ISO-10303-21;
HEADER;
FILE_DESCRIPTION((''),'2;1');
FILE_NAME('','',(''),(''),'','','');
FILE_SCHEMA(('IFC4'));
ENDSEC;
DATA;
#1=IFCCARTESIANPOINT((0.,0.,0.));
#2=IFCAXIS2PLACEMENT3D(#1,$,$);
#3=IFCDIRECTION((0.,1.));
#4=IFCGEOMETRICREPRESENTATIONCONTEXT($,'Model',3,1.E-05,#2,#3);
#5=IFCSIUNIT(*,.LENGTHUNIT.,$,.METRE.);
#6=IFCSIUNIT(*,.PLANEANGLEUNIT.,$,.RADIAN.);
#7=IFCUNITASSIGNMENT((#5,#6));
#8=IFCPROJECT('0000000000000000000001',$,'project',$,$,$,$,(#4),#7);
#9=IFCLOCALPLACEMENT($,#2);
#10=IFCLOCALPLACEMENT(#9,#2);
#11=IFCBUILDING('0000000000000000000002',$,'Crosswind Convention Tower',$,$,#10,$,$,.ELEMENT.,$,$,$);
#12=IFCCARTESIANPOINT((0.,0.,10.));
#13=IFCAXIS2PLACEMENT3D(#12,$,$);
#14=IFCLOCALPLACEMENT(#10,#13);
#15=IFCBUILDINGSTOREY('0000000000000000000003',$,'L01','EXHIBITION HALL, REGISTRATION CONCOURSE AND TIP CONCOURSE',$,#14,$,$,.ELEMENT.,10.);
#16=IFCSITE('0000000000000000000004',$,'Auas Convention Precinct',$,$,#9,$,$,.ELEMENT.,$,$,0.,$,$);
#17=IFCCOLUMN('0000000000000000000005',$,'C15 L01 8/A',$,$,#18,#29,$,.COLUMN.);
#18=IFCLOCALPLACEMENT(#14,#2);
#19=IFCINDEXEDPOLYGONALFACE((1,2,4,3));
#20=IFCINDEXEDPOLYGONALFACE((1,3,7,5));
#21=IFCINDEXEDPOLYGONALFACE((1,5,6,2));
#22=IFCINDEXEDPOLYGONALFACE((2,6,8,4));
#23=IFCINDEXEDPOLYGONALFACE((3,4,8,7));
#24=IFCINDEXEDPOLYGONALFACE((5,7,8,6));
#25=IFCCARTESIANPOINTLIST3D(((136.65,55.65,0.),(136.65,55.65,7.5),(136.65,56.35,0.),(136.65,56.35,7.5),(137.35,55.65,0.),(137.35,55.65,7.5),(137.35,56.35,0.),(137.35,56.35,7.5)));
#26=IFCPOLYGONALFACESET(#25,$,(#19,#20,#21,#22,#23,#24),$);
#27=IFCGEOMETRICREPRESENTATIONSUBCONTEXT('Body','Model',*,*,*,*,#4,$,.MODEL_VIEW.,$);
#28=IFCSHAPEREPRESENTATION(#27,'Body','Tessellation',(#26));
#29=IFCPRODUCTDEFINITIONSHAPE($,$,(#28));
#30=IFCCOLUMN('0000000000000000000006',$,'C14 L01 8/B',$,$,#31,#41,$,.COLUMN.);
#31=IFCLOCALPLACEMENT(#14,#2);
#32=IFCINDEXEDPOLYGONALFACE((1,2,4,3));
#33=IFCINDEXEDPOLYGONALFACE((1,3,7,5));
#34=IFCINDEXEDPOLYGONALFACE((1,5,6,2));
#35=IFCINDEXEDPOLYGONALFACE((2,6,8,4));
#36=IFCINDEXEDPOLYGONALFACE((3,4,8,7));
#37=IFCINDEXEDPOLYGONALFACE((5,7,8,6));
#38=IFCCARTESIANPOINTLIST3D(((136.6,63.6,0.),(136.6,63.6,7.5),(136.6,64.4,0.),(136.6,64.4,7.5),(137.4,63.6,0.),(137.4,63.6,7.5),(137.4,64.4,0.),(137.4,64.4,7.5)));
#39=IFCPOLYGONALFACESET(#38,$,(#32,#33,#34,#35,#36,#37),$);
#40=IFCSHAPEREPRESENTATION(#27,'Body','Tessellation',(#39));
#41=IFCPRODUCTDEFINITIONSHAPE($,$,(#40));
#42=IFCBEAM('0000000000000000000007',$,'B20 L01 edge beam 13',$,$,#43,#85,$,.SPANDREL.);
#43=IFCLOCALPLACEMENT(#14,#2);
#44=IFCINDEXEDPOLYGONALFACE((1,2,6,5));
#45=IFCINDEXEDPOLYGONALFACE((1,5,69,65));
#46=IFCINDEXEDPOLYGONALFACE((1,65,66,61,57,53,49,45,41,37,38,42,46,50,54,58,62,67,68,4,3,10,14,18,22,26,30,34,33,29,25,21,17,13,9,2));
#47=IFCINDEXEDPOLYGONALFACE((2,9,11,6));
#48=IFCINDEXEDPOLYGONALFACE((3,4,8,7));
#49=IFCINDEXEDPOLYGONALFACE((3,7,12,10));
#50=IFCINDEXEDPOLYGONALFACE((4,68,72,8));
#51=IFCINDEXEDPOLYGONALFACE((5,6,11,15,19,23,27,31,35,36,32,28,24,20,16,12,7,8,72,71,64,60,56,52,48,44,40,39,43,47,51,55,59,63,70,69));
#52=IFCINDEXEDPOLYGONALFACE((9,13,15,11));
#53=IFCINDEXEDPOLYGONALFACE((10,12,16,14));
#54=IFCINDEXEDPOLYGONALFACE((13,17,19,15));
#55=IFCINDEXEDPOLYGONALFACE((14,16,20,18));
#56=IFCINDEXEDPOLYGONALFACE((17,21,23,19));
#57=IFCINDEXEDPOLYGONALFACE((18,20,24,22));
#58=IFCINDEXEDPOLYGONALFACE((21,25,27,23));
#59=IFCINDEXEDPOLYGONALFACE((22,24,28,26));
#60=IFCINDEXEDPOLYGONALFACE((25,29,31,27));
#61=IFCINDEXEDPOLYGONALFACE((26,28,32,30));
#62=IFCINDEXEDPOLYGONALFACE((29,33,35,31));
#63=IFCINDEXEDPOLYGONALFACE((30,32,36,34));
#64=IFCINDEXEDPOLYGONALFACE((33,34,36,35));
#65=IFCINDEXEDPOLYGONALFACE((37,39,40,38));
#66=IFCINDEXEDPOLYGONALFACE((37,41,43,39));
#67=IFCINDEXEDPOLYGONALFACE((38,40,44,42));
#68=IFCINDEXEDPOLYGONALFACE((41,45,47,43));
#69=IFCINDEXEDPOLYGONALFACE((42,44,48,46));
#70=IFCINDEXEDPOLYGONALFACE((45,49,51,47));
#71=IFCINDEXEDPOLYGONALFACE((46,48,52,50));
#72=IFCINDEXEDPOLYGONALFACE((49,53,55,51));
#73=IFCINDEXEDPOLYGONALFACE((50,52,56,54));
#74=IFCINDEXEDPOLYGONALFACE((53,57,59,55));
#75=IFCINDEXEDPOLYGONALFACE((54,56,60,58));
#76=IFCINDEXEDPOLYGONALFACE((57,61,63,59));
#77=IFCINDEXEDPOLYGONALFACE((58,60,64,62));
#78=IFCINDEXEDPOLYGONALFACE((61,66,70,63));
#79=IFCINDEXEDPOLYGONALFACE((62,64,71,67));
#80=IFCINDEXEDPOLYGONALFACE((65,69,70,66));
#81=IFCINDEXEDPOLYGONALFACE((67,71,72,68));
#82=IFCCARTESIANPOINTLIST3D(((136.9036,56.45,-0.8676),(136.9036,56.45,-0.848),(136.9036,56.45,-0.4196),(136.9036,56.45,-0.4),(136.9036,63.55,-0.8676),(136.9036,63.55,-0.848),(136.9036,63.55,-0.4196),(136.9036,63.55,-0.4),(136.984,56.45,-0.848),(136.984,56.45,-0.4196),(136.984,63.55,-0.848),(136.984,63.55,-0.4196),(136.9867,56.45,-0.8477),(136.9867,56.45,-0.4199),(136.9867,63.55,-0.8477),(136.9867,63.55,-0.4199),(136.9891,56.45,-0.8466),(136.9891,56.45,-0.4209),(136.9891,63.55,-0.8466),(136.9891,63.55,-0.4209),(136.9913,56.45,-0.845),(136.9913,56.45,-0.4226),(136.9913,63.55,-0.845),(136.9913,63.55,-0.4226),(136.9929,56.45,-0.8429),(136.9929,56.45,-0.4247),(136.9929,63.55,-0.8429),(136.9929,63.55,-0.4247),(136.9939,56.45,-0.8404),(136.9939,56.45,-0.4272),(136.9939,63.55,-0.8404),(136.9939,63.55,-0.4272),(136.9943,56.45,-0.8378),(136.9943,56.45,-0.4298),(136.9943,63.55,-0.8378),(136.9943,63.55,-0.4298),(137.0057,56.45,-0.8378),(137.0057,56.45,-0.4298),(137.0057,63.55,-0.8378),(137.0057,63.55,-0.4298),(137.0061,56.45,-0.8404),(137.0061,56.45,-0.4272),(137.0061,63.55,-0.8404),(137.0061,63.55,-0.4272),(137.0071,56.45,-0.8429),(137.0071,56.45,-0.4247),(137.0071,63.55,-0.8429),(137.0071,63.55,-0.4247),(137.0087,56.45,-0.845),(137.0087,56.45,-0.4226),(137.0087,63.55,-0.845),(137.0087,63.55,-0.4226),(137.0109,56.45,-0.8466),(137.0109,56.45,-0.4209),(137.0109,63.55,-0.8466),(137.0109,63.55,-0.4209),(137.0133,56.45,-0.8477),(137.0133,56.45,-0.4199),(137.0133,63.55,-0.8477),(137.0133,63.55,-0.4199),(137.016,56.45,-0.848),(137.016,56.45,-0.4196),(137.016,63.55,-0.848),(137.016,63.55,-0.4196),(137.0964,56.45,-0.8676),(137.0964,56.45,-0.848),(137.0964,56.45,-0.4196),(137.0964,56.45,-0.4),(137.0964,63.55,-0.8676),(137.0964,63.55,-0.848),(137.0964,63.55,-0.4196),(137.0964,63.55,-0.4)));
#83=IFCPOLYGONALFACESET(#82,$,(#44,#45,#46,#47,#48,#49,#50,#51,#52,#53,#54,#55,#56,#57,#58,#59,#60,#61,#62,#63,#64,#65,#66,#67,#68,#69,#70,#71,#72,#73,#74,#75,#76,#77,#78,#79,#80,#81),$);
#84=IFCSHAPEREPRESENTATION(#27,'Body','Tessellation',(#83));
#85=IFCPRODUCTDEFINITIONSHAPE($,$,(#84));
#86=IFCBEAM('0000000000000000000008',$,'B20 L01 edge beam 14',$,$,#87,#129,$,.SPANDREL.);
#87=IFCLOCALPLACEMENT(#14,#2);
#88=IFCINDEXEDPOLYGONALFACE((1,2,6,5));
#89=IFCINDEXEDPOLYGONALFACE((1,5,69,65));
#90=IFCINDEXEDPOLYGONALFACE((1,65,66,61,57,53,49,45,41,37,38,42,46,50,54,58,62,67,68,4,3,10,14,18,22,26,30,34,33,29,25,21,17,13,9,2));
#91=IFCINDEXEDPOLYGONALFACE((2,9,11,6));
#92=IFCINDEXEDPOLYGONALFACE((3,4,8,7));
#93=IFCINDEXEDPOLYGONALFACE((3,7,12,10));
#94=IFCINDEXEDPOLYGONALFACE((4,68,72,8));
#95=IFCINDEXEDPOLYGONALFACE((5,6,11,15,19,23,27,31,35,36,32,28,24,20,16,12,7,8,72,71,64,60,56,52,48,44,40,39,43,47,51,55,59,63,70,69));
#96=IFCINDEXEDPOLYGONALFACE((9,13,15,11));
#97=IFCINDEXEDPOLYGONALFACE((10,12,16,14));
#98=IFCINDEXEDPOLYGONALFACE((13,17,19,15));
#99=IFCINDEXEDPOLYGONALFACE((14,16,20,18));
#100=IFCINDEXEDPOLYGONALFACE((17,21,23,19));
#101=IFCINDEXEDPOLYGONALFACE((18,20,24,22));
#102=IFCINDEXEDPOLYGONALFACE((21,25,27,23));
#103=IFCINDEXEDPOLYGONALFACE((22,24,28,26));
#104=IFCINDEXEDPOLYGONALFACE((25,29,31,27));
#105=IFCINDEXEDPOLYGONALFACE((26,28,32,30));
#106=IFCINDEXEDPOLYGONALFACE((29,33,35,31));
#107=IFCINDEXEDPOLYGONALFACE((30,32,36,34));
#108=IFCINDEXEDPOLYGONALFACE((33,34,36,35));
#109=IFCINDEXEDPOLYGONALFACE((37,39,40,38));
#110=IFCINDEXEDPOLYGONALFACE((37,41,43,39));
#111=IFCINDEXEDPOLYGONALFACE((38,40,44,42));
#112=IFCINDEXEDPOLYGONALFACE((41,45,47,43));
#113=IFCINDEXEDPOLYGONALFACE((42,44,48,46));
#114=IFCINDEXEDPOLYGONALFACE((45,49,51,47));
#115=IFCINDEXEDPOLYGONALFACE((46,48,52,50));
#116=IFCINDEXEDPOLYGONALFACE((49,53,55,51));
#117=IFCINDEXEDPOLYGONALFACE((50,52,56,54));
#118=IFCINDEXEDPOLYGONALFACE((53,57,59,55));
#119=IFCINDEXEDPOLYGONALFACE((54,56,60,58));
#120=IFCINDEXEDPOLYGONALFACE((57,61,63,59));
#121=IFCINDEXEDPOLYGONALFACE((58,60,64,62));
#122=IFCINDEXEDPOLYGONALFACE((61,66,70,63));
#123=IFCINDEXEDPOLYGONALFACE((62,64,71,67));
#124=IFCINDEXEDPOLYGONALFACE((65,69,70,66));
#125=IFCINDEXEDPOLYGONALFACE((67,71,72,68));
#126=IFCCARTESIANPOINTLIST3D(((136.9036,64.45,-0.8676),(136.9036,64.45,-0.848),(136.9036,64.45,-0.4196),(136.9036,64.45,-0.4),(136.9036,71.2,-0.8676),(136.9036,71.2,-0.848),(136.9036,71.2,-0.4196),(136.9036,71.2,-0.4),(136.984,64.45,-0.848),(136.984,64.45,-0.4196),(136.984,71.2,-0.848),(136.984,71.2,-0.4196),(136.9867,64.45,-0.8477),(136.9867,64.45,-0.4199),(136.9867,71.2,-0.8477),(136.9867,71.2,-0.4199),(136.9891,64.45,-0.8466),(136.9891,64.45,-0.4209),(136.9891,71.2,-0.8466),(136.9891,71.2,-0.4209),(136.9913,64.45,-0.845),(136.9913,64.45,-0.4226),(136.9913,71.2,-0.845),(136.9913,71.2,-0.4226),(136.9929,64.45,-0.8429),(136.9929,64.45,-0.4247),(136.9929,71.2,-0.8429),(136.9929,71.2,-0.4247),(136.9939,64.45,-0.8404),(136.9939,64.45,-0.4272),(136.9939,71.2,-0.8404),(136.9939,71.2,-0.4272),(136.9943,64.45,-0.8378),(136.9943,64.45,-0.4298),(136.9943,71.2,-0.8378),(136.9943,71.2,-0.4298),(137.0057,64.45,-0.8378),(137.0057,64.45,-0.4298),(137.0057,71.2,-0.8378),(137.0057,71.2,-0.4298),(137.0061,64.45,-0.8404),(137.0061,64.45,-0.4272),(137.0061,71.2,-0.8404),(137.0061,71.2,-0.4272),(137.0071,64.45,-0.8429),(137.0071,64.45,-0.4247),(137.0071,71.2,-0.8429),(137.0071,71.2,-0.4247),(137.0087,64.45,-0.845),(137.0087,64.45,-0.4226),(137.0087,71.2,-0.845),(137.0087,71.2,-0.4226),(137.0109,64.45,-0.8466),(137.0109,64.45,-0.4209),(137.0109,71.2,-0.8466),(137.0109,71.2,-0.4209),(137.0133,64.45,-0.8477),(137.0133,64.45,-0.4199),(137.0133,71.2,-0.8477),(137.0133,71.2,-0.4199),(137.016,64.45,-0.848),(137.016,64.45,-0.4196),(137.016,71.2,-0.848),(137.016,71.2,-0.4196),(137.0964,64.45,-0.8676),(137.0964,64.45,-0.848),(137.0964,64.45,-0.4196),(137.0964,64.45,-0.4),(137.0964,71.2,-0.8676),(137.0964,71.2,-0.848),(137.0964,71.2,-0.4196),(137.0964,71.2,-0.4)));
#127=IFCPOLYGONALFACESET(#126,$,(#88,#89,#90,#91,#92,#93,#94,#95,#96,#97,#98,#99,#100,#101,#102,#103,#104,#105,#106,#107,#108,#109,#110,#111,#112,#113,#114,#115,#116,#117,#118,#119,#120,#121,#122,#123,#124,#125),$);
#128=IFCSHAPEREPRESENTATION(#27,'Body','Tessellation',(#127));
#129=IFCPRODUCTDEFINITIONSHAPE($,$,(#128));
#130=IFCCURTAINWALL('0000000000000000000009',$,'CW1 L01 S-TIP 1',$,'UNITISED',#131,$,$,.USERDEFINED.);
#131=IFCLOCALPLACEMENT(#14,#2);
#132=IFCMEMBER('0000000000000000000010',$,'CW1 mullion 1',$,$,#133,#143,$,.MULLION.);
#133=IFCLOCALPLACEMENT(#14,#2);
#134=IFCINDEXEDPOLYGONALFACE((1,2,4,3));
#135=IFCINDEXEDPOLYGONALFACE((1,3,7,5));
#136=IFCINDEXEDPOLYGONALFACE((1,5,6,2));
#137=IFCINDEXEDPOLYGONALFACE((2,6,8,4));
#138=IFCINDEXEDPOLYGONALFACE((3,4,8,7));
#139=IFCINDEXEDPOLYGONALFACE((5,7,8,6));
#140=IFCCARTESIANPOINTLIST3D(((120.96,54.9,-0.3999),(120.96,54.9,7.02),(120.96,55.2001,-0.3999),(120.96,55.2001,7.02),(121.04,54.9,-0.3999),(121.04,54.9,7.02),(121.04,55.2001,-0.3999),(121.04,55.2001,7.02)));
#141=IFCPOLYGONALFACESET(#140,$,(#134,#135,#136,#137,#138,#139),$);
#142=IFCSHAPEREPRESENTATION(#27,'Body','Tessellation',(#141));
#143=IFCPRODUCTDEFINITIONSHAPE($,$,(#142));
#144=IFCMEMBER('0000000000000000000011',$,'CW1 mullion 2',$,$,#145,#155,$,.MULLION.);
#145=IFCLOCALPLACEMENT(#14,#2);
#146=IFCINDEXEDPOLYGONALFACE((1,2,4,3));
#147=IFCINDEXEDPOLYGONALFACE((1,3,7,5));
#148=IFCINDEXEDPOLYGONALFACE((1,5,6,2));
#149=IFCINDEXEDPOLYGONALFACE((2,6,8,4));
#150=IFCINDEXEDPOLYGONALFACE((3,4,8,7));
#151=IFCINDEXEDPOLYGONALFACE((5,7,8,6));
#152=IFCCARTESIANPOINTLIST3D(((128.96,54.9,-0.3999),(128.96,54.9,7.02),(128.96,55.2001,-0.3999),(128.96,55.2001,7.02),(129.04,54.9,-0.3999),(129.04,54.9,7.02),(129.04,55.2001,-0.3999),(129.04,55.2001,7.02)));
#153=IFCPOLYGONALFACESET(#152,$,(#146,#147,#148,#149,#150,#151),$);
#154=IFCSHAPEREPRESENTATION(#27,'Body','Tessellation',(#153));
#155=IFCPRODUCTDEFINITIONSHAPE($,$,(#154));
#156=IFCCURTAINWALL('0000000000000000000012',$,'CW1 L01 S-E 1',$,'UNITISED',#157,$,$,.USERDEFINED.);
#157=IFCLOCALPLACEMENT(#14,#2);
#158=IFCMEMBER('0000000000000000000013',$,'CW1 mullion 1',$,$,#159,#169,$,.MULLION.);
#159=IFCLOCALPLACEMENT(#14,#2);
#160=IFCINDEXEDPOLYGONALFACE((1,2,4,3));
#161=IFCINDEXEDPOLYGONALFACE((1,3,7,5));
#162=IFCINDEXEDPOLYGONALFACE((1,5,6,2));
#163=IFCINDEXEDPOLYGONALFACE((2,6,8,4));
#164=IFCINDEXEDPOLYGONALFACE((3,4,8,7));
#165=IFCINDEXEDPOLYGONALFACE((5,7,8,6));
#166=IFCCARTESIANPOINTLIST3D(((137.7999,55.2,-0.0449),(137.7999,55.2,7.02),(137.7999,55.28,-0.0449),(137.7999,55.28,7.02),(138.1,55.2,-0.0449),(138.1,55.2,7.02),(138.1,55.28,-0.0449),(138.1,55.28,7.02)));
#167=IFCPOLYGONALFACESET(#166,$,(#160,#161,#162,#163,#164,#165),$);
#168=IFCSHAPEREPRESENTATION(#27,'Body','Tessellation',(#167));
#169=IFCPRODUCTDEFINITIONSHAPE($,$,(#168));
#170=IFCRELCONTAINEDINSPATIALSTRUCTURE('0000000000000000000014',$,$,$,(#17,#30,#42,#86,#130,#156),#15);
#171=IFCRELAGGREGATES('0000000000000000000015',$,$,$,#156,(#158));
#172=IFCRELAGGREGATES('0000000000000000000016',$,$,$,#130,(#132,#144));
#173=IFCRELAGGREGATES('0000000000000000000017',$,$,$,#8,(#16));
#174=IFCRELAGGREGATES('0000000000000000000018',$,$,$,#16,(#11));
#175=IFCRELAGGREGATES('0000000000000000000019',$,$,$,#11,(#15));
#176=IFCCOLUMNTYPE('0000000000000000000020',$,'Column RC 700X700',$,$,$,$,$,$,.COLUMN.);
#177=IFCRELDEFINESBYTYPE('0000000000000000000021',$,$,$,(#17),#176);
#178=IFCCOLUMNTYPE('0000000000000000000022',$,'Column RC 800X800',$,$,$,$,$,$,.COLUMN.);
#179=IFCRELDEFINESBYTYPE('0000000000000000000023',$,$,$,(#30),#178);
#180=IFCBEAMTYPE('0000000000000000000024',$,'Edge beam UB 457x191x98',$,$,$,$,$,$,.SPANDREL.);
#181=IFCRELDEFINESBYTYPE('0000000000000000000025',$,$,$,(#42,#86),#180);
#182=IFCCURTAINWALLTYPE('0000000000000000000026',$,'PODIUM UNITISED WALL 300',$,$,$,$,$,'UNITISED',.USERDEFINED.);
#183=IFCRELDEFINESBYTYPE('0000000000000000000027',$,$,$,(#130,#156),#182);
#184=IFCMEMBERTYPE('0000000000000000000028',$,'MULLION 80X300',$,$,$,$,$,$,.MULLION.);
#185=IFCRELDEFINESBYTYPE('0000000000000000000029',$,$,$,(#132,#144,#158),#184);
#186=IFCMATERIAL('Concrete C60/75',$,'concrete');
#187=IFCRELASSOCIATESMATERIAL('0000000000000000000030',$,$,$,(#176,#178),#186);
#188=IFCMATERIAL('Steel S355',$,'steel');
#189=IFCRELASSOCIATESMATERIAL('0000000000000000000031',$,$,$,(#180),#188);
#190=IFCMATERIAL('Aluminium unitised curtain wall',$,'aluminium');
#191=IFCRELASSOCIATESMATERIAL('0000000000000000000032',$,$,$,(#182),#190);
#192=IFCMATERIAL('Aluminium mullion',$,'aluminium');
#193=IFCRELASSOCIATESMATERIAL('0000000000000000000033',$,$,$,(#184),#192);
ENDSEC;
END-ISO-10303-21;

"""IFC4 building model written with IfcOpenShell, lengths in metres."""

from ifc_helpers import new_model, si_unit, direction, frame, origin, origin_2d, place, context, subcontext, project, spatial, rectangle, i_section, extrude, material, material_profile, profile_set, type_object, element, aggregate, save


model = new_model("IFC4")

# Units and contexts
model_context = context("Model", 3, precision=1e-05, world=origin(), true_north=direction((0.0, 1.0)))
body_context = subcontext(model_context, "Body", "Model", "MODEL_VIEW")
ifc_project = project(units=[si_unit("LENGTHUNIT", "METRE"), si_unit("PLANEANGLEUNIT", "RADIAN")], contexts=[model_context])

# Site, building, storey
site_placement = place(None, origin())
site = spatial("IfcSite", under=ifc_project, at=site_placement, Name="Auas Convention Precinct", CompositionType="ELEMENT", RefElevation=0.0)
building_placement = place(site_placement, origin())
building = spatial("IfcBuilding", under=site, at=building_placement, Name="Crosswind Convention Tower", CompositionType="ELEMENT")
storey_placement = place(building_placement, frame((0.0, 0.0, 10.0)))
storey = spatial("IfcBuildingStorey", under=building, at=storey_placement, Name="L01", Description="EXHIBITION HALL, REGISTRATION CONCOURSE AND TIP CONCOURSE", CompositionType="ELEMENT", Elevation=10.0)

# Columns
ifc_material_1 = material(Name="Concrete C60/75", Category="concrete")
ifc_material_profile_1 = material_profile(ifc_material_1, rectangle(XDim=0.7, YDim=0.7, at=origin_2d()), Name="RC 700X700")
ifc_profile_set_1 = profile_set([ifc_material_profile_1], Name="Concrete C60/75")
column_type_1 = type_object("IfcColumnType", Name="Column RC 700X700", PredefinedType="COLUMN", material=ifc_profile_set_1)
column_1_placement = place(storey_placement, frame((137.0, 56.0, 0.0), z_axis=(0.0, 0.0, 1.0), x_axis=(1.0, 0.0, 0.0)))
element("IfcColumn", 1, at=column_1_placement, inside=storey, type_object=column_type_1, Name="C15 L01 8/A", PredefinedType="COLUMN", context=body_context, shape_type="SweptSolid", body=[
    extrude(rectangle(XDim=0.7, YDim=0.7, at=origin_2d()), origin(), (0.0, 0.0, 1.0), 7.5),
])
ifc_material_profile_2 = material_profile(ifc_material_1, rectangle(XDim=0.8, YDim=0.8, at=origin_2d()), Name="RC 800X800")
ifc_profile_set_2 = profile_set([ifc_material_profile_2], Name="Concrete C60/75")
column_type_2 = type_object("IfcColumnType", Name="Column RC 800X800", PredefinedType="COLUMN", material=ifc_profile_set_2)
column_2_placement = place(storey_placement, frame((137.0, 64.0, 0.0), z_axis=(0.0, 0.0, 1.0), x_axis=(1.0, 0.0, 0.0)))
element("IfcColumn", 2, at=column_2_placement, inside=storey, type_object=column_type_2, Name="C14 L01 8/B", PredefinedType="COLUMN", context=body_context, shape_type="SweptSolid", body=[
    extrude(rectangle(XDim=0.8, YDim=0.8, at=origin_2d()), origin(), (0.0, 0.0, 1.0), 7.5),
])

# Beams
ifc_material_2 = material(Name="Steel S355", Category="steel")
ifc_material_profile_3 = material_profile(ifc_material_2, i_section(OverallWidth=0.1929, OverallDepth=0.4675, WebThickness=0.0115, FlangeThickness=0.0195, FilletRadius=0.0103, at=origin_2d()), Name="UB 457x191x98")
ifc_profile_set_3 = profile_set([ifc_material_profile_3], Name="Steel S355")
beam_type_1 = type_object("IfcBeamType", Name="Edge beam UB 457x191x98", PredefinedType="SPANDREL", material=ifc_profile_set_3)
beam_1_placement = place(storey_placement, frame((137.0, 56.45, -0.6338), z_axis=(0.0, 1.0, 0.0), x_axis=(-1.0, 0.0, 0.0)))
element("IfcBeam", 3, at=beam_1_placement, inside=storey, type_object=beam_type_1, Name="B20 L01 edge beam 13", PredefinedType="SPANDREL", context=body_context, shape_type="SweptSolid", body=[
    extrude(i_section(OverallWidth=0.1929, OverallDepth=0.4675, WebThickness=0.0115, FlangeThickness=0.0195, FilletRadius=0.0103, at=origin_2d()), origin(), (0.0, 0.0, 1.0), 7.1001),
])
beam_2_placement = place(storey_placement, frame((137.0, 64.45, -0.6338), z_axis=(0.0, 1.0, 0.0), x_axis=(-1.0, 0.0, 0.0)))
element("IfcBeam", 4, at=beam_2_placement, inside=storey, type_object=beam_type_1, Name="B20 L01 edge beam 14", PredefinedType="SPANDREL", context=body_context, shape_type="SweptSolid", body=[
    extrude(i_section(OverallWidth=0.1929, OverallDepth=0.4675, WebThickness=0.0115, FlangeThickness=0.0195, FilletRadius=0.0103, at=origin_2d()), origin(), (0.0, 0.0, 1.0), 6.75),
])

# Curtain wall, members
ifc_material_3 = material(Name="Aluminium unitised curtain wall", Category="aluminium")
curtain_wall_type = type_object("IfcCurtainWallType", Name="PODIUM UNITISED WALL 300", ElementType="UNITISED", PredefinedType="USERDEFINED", material=ifc_material_3)
curtain_wall_1_placement = place(storey_placement, origin())
curtain_wall_1 = element("IfcCurtainWall", 5, at=curtain_wall_1_placement, inside=storey, type_object=curtain_wall_type, Name="CW1 L01 S-TIP 1", ObjectType="UNITISED", PredefinedType="USERDEFINED")
ifc_material_4 = material(Name="Aluminium mullion", Category="aluminium")
ifc_material_profile_4 = material_profile(ifc_material_4, rectangle(XDim=0.3, YDim=0.0801, at=origin_2d()), Name="AL 300X80")
ifc_profile_set_4 = profile_set([ifc_material_profile_4], Name="Aluminium mullion")
member_type_1 = type_object("IfcMemberType", Name="MULLION 80X300", PredefinedType="MULLION", material=ifc_profile_set_4)
member_1_placement = place(storey_placement, frame((121.0, 55.05, -0.3999), z_axis=(0.0, 0.0, 1.0), x_axis=(0.0, -1.0, 0.0)))
member_1 = element("IfcMember", 6, at=member_1_placement, type_object=member_type_1, Name="CW1 mullion 1", PredefinedType="MULLION", context=body_context, shape_type="SweptSolid", body=[
    extrude(rectangle(XDim=0.3, YDim=0.0801, at=origin_2d()), origin(), (0.0, 0.0, 1.0), 7.4199),
])
member_2_placement = place(storey_placement, frame((129.0, 55.05, -0.3999), z_axis=(0.0, 0.0, 1.0), x_axis=(0.0, -1.0, 0.0)))
member_2 = element("IfcMember", 7, at=member_2_placement, type_object=member_type_1, Name="CW1 mullion 2", PredefinedType="MULLION", context=body_context, shape_type="SweptSolid", body=[
    extrude(rectangle(XDim=0.3, YDim=0.0801, at=origin_2d()), origin(), (0.0, 0.0, 1.0), 7.4199),
])

# Curtain wall, member
curtain_wall_2_placement = place(storey_placement, origin())
curtain_wall_2 = element("IfcCurtainWall", 8, at=curtain_wall_2_placement, inside=storey, type_object=curtain_wall_type, Name="CW1 L01 S-E 1", ObjectType="UNITISED", PredefinedType="USERDEFINED")
member_3_placement = place(storey_placement, frame((137.95, 55.24, -0.0449), z_axis=(0.0, 0.0, 1.0), x_axis=(1.0, 0.0, 0.0)))
member_3 = element("IfcMember", 9, at=member_3_placement, type_object=member_type_1, Name="CW1 mullion 1", PredefinedType="MULLION", context=body_context, shape_type="SweptSolid", body=[
    extrude(rectangle(XDim=0.3, YDim=0.0801, at=origin_2d()), origin(), (0.0, 0.0, 1.0), 7.0649),
])
aggregate(curtain_wall_2, [member_3])

aggregate(curtain_wall_1, [member_1, member_2])

save(model, "model.ifc")
